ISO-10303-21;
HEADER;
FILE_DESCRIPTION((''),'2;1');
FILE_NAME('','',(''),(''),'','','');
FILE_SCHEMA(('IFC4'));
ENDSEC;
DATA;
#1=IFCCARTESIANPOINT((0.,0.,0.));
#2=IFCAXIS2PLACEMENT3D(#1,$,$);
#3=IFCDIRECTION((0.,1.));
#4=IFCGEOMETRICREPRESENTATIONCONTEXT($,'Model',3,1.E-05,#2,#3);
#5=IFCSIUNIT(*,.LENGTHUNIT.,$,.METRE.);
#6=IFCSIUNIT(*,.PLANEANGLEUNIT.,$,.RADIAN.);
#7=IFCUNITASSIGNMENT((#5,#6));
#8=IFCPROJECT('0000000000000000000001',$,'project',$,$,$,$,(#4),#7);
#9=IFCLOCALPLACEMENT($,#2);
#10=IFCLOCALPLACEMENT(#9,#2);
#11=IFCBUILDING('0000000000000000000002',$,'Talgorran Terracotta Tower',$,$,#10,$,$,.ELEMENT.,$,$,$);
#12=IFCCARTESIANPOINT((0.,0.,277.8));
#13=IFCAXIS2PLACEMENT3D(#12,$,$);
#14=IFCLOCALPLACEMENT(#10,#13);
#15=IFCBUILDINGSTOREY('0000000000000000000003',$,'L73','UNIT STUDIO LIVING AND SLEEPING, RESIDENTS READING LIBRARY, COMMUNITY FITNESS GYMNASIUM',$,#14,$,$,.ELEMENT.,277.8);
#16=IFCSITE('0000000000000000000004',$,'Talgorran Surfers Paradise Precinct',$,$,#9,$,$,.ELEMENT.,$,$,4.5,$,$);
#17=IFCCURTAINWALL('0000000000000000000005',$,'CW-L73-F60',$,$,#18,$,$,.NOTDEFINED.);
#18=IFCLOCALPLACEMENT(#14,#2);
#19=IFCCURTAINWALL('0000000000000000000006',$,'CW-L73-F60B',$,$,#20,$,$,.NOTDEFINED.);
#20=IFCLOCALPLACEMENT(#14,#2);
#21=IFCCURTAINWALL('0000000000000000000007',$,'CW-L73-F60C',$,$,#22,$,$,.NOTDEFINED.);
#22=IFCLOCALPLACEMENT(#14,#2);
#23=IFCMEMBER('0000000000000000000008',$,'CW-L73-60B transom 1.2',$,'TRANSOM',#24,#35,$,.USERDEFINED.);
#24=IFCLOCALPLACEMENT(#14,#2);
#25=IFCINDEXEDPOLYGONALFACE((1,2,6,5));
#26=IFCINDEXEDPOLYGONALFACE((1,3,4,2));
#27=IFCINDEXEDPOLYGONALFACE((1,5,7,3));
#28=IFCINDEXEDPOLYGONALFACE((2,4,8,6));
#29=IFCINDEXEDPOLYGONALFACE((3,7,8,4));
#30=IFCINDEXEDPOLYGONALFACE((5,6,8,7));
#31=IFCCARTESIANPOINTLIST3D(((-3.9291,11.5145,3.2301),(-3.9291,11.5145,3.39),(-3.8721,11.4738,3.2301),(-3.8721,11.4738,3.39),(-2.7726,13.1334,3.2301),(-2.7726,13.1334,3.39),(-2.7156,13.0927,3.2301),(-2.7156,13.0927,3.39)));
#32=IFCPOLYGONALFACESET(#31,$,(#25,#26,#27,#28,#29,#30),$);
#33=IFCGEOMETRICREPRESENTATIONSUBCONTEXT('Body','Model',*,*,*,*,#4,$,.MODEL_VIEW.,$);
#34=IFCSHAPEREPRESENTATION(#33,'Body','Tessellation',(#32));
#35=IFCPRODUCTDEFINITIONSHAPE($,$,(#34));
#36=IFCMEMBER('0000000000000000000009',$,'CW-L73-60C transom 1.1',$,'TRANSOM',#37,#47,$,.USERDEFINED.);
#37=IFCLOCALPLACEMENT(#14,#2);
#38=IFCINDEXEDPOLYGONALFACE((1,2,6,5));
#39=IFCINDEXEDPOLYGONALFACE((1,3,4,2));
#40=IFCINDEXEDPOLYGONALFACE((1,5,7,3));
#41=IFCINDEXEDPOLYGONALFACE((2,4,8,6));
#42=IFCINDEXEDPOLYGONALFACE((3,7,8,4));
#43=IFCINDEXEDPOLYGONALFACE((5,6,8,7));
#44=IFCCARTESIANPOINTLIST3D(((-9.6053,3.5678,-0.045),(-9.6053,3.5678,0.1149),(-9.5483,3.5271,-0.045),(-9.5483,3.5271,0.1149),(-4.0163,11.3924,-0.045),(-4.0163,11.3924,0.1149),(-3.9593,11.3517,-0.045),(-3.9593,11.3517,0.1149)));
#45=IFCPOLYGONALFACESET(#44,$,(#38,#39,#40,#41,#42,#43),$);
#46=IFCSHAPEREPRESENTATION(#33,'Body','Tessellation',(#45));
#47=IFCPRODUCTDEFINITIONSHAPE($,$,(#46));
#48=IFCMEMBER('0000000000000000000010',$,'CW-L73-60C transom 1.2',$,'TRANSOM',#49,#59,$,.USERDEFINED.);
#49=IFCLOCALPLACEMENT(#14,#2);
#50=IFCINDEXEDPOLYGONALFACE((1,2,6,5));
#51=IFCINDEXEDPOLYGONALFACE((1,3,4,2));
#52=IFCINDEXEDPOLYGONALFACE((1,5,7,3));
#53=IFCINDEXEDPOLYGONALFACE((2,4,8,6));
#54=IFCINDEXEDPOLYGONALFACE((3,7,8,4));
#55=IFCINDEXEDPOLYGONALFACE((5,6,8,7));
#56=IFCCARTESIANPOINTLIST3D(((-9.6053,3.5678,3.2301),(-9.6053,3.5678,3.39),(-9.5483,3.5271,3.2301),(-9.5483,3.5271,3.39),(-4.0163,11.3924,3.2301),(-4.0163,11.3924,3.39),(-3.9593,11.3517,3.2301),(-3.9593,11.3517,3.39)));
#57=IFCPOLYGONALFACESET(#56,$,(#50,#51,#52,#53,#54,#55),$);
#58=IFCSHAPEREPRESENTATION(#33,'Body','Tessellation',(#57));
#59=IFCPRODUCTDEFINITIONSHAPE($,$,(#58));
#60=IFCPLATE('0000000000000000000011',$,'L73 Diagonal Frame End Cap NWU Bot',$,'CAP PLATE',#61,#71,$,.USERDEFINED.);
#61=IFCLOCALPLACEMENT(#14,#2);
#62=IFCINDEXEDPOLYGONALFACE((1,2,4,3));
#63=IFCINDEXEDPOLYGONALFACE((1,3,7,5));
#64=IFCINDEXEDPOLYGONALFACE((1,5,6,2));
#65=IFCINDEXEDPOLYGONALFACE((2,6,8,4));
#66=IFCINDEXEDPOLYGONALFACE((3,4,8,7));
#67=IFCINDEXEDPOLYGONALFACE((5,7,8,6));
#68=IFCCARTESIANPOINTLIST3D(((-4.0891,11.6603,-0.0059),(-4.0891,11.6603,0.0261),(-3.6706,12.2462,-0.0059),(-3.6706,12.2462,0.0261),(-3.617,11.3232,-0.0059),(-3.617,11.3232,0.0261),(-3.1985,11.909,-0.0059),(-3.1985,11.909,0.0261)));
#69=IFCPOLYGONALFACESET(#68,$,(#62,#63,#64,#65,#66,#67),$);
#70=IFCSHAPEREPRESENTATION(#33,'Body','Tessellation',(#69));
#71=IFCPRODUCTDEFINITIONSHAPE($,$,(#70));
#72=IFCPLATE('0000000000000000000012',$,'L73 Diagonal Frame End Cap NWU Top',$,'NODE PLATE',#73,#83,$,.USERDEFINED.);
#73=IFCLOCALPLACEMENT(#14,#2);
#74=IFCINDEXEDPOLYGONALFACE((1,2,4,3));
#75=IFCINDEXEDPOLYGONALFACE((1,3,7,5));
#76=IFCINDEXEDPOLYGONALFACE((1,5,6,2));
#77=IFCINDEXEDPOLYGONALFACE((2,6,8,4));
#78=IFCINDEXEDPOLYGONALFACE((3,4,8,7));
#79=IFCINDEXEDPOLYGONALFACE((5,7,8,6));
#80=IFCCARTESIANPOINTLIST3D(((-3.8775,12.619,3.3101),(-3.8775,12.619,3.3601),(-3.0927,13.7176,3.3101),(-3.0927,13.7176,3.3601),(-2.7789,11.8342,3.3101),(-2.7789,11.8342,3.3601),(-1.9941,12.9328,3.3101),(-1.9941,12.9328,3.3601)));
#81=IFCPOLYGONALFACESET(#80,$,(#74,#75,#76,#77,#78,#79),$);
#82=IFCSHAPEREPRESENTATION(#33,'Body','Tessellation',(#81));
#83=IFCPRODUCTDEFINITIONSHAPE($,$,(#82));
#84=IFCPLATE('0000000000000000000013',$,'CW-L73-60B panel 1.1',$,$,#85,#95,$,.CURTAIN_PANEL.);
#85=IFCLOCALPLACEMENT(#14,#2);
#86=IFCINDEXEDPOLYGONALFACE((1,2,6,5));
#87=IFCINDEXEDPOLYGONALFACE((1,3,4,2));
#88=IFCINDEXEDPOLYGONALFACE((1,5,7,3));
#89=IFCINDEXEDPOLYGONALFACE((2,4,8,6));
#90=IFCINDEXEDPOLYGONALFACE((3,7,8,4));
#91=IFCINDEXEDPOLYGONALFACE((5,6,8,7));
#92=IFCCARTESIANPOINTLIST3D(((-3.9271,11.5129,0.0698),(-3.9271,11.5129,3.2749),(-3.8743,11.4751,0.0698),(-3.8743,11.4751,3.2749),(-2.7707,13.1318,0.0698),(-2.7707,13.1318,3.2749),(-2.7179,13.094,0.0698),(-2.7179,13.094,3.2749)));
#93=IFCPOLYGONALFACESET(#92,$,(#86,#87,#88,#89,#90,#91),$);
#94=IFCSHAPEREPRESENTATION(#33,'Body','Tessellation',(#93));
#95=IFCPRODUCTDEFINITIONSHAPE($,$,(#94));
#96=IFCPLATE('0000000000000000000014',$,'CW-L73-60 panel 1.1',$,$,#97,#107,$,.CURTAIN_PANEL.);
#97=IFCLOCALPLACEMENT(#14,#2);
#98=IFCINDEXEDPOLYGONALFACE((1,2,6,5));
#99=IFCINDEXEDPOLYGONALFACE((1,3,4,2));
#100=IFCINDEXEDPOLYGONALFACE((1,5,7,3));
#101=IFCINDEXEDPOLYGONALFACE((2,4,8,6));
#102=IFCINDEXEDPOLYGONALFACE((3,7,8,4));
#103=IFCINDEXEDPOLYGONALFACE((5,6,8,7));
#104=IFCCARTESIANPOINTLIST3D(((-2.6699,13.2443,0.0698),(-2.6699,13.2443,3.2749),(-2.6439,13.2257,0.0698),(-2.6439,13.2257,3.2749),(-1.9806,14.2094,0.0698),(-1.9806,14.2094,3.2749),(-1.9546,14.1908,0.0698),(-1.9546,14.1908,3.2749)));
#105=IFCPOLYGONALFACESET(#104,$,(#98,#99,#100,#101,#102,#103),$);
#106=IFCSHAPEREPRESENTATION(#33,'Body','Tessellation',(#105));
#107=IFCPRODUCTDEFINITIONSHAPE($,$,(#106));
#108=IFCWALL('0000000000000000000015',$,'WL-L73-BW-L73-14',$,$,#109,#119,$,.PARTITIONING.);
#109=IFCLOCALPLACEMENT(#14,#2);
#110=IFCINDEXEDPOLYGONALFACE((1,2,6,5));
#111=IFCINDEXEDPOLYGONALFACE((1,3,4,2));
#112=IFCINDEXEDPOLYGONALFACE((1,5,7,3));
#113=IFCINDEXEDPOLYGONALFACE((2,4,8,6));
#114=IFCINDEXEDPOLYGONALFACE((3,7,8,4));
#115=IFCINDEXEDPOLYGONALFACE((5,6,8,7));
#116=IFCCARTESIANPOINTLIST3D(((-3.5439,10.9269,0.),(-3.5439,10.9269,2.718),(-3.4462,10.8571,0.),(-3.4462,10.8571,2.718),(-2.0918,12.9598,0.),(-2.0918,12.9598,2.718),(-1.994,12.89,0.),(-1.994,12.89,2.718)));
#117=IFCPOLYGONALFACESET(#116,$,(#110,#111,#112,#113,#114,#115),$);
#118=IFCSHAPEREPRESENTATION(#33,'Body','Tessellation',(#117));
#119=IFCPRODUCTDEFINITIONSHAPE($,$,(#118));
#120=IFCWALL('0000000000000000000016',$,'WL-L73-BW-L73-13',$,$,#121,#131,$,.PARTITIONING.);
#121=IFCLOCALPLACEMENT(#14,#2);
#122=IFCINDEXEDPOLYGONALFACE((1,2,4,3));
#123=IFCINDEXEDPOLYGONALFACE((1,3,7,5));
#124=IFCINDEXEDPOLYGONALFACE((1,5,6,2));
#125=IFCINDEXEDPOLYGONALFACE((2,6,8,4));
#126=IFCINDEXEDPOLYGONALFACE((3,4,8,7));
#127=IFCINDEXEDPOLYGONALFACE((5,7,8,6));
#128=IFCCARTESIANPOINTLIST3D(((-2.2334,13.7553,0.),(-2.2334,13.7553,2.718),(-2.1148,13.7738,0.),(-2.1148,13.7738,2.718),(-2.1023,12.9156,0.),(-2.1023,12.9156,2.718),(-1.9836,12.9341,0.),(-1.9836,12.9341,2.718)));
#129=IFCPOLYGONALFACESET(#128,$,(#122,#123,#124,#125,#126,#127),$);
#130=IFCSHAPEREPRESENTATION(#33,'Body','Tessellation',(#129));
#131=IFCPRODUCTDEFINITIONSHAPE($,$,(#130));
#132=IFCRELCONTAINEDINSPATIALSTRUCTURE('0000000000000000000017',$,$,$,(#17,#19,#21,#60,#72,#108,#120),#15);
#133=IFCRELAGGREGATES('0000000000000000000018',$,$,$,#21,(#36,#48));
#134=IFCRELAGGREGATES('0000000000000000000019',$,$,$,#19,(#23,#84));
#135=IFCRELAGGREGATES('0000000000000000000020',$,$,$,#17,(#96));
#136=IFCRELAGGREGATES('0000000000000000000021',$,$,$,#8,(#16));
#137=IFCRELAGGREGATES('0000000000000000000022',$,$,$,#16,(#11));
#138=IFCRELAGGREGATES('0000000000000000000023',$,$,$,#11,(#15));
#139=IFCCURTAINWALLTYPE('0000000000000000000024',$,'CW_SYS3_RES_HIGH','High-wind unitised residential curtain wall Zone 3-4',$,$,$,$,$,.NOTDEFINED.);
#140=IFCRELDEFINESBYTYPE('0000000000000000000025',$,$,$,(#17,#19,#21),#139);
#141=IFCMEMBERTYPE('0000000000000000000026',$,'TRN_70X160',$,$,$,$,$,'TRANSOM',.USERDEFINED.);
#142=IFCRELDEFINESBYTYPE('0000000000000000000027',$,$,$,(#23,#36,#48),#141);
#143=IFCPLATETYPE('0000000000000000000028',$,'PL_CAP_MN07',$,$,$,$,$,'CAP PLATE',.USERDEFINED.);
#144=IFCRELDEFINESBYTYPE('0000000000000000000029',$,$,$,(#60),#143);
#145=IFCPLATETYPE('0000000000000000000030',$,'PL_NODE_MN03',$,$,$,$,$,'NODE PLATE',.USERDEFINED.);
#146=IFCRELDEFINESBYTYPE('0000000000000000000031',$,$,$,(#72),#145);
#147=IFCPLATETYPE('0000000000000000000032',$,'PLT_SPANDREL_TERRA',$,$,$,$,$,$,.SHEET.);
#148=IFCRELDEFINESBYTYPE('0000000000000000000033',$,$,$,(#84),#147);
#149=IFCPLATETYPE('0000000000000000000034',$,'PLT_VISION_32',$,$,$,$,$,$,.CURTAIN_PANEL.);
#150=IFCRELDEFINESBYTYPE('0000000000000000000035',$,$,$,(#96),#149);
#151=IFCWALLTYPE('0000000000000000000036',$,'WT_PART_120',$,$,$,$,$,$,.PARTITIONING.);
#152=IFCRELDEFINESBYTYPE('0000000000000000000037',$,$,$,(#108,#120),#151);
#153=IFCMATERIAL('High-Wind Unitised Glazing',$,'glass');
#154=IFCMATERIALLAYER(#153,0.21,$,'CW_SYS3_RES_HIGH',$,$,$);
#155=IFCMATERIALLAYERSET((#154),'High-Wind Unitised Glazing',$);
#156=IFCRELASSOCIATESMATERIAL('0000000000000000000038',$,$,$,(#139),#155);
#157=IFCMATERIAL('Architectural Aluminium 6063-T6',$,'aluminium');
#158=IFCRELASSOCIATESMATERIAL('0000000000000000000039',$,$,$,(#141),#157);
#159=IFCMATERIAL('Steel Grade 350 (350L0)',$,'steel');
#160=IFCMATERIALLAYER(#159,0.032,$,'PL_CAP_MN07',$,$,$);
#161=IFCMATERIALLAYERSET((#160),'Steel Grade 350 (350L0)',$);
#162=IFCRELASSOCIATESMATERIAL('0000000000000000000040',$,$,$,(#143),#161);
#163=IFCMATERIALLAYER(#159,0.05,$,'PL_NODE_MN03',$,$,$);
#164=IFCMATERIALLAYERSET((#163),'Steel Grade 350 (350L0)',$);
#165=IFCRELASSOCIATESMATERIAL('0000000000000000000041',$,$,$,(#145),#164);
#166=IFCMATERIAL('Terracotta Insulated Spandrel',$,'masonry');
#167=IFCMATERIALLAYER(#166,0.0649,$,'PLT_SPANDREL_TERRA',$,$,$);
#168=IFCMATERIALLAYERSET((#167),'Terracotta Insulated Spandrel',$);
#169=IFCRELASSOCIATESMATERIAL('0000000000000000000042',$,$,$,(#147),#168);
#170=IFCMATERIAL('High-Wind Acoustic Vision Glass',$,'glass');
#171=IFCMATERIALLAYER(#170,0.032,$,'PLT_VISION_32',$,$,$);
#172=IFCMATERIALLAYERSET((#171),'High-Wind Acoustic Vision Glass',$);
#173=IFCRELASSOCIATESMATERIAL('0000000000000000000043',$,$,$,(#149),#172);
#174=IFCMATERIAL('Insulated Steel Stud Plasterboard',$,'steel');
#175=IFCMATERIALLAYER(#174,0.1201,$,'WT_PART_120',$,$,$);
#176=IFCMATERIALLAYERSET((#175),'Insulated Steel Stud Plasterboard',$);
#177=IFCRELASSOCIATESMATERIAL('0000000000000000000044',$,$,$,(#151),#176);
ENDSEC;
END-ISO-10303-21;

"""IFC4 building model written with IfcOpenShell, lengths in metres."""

from ifc_helpers import new_model, si_unit, direction, frame, frame_2d, origin, origin_2d, place, context, subcontext, project, spatial, rectangle, extrude, source, transform, mapped, material, layer, layer_set, material_profile, profile_set, type_object, type_shapes, element, aggregate, save


model = new_model("IFC4")

# Units and contexts
model_context = context("Model", 3, precision=1e-05, world=origin(), true_north=direction((0.0, 1.0)))
body_context = subcontext(model_context, "Body", "Model", "MODEL_VIEW")
ifc_project = project(units=[si_unit("LENGTHUNIT", "METRE"), si_unit("PLANEANGLEUNIT", "RADIAN")], contexts=[model_context])

# Site, building, storey
site_placement = place(None, origin())
site = spatial("IfcSite", under=ifc_project, at=site_placement, Name="Talgorran Surfers Paradise Precinct", CompositionType="ELEMENT", RefElevation=4.5)
building_placement = place(site_placement, origin())
building = spatial("IfcBuilding", under=site, at=building_placement, Name="Talgorran Terracotta Tower", CompositionType="ELEMENT")
storey_placement = place(building_placement, frame((0.0, 0.0, 277.8)))
storey = spatial("IfcBuildingStorey", under=building, at=storey_placement, Name="L73", Description="UNIT STUDIO LIVING AND SLEEPING, RESIDENTS READING LIBRARY, COMMUNITY FITNESS GYMNASIUM", CompositionType="ELEMENT", Elevation=277.8)

# Shared definitions
ifc_material_1 = material(Name="Steel Grade 350 (350L0)", Category="steel")

# Shared definitions
ifc_material_2 = material(Name="High-Wind Unitised Glazing", Category="glass")
ifc_layer_1 = layer(ifc_material_2, 0.21, Name="CW_SYS3_RES_HIGH")
ifc_layer_set_1 = layer_set([ifc_layer_1], Name="High-Wind Unitised Glazing")
curtain_wall_type = type_object("IfcCurtainWallType", Name="CW_SYS3_RES_HIGH", Description="High-wind unitised residential curtain wall Zone 3-4", PredefinedType="NOTDEFINED", material=ifc_layer_set_1)
ifc_material_3 = material(Name="Architectural Aluminium 6063-T6", Category="aluminium")

# Curtain walls
curtain_wall_1_placement = place(storey_placement, origin())
curtain_wall_1 = element("IfcCurtainWall", 1, at=curtain_wall_1_placement, inside=storey, type_object=curtain_wall_type, Name="CW-L73-F60", PredefinedType="NOTDEFINED")
curtain_wall_2_placement = place(storey_placement, origin())
curtain_wall_2 = element("IfcCurtainWall", 2, at=curtain_wall_2_placement, inside=storey, type_object=curtain_wall_type, Name="CW-L73-F60B", PredefinedType="NOTDEFINED")

# Curtain wall
curtain_wall_3_placement = place(storey_placement, origin())
curtain_wall_3 = element("IfcCurtainWall", 3, at=curtain_wall_3_placement, inside=storey, type_object=curtain_wall_type, Name="CW-L73-F60C", PredefinedType="NOTDEFINED")

# Members
ifc_material_profile_1 = material_profile(ifc_material_3, rectangle(XDim=0.0701, YDim=0.1599, at=origin_2d()), Name="CWT70X160")
ifc_profile_set_1 = profile_set([ifc_material_profile_1], Name="Architectural Aluminium 6063-T6")
member_type_1 = type_object("IfcMemberType", Name="TRN_70X160", ElementType="TRANSOM", PredefinedType="USERDEFINED", material=ifc_profile_set_1)
member_1_placement = place(storey_placement, frame((-2.7441, 13.113, 3.3101), z_axis=(-0.581285, -0.8137, 0.0), x_axis=(0.8137, -0.581285, 0.0)))
member_1 = element("IfcMember", 4, at=member_1_placement, type_object=member_type_1, Name="CW-L73-60B transom 1.2", ObjectType="TRANSOM", PredefinedType="USERDEFINED", context=body_context, shape_type="SweptSolid", body=[
    extrude(rectangle(XDim=0.0701, YDim=0.1599, at=origin_2d()), origin(), (0.0, 0.0, 1.0), 1.9895),
])
member_2_placement = place(storey_placement, frame((-3.9878, 11.3721, 0.0349), z_axis=(-0.581241, -0.813732, 0.0), x_axis=(0.813732, -0.581241, 0.0)))
member_2 = element("IfcMember", 5, at=member_2_placement, type_object=member_type_1, Name="CW-L73-60C transom 1.1", ObjectType="TRANSOM", PredefinedType="USERDEFINED", context=body_context, shape_type="SweptSolid", body=[
    extrude(rectangle(XDim=0.0701, YDim=0.1599, at=origin_2d()), origin(), (0.0, 0.0, 1.0), 9.6157),
])
member_3_placement = place(storey_placement, frame((-3.9878, 11.3721, 3.3101), z_axis=(-0.581241, -0.813732, 0.0), x_axis=(0.813732, -0.581241, 0.0)))
member_3 = element("IfcMember", 6, at=member_3_placement, type_object=member_type_1, Name="CW-L73-60C transom 1.2", ObjectType="TRANSOM", PredefinedType="USERDEFINED", context=body_context, shape_type="SweptSolid", body=[
    extrude(rectangle(XDim=0.0701, YDim=0.1599, at=origin_2d()), origin(), (0.0, 0.0, 1.0), 9.6157),
])
aggregate(curtain_wall_3, [member_2, member_3])

# Plates
ifc_layer_2 = layer(ifc_material_1, 0.032, Name="PL_CAP_MN07")
ifc_layer_set_2 = layer_set([ifc_layer_2], Name="Steel Grade 350 (350L0)")
plate_type_1 = type_object("IfcPlateType", Name="PL_CAP_MN07", ElementType="CAP PLATE", PredefinedType="USERDEFINED", material=ifc_layer_set_2)
plate_1_placement = place(storey_placement, frame((-3.6438, 11.7847, -0.0059), z_axis=(0.0, 0.0, 1.0), x_axis=(0.581271, 0.81371, 0.0)))
element("IfcPlate", 7, at=plate_1_placement, inside=storey, type_object=plate_type_1, Name="L73 Diagonal Frame End Cap NWU Bot", ObjectType="CAP PLATE", PredefinedType="USERDEFINED", context=body_context, shape_type="SweptSolid", body=[
    extrude(rectangle(XDim=0.72, YDim=0.5801, at=origin_2d()), origin(), (0.0, 0.0, 1.0), 0.032),
])
ifc_layer_3 = layer(ifc_material_1, 0.05, Name="PL_NODE_MN03")
ifc_layer_set_3 = layer_set([ifc_layer_3], Name="Steel Grade 350 (350L0)")
plate_type_2 = type_object("IfcPlateType", Name="PL_NODE_MN03", ElementType="NODE PLATE", PredefinedType="USERDEFINED", material=ifc_layer_set_3)
plate_2_placement = place(storey_placement, frame((-2.9358, 12.7759, 3.3101), z_axis=(0.0, 0.0, 1.0), x_axis=(0.581271, 0.81371, 0.0)))
element("IfcPlate", 8, at=plate_2_placement, inside=storey, type_object=plate_type_2, Name="L73 Diagonal Frame End Cap NWU Top", ObjectType="NODE PLATE", PredefinedType="USERDEFINED", context=body_context, shape_type="SweptSolid", body=[
    extrude(rectangle(XDim=1.3501, YDim=1.3501, at=origin_2d()), origin(), (0.0, 0.0, 1.0), 0.05),
])

# Plates
ifc_material_4 = material(Name="Terracotta Insulated Spandrel", Category="masonry")
ifc_layer_4 = layer(ifc_material_4, 0.0649, Name="PLT_SPANDREL_TERRA")
ifc_layer_set_4 = layer_set([ifc_layer_4], Name="Terracotta Insulated Spandrel")
plate_type_3 = type_object("IfcPlateType", Name="PLT_SPANDREL_TERRA", PredefinedType="SHEET", material=ifc_layer_set_4)
shared_shape_1 = source(origin(), body_context, "Body", "SweptSolid", [
    extrude(rectangle(XDim=1.9895, YDim=0.0649, at=origin_2d()), origin(), (0.0, 0.0, 1.0), 3.2051),
])
type_shapes(plate_type_3, [shared_shape_1])
plate_3_placement = place(storey_placement, frame((-3.3225, 12.3035, 0.0698), z_axis=(0.0, 0.0, 1.0), x_axis=(-0.581265, -0.813714, 0.0)))
plate_3 = element("IfcPlate", 9, at=plate_3_placement, type_object=plate_type_3, Name="CW-L73-60B panel 1.1", PredefinedType="CURTAIN_PANEL", context=body_context, shape_type="MappedRepresentation", body=[
    mapped(shared_shape_1, transform((0.0, 0.0, 0.0), scale=1.0)),
])
aggregate(curtain_wall_2, [member_1, plate_3])
ifc_material_5 = material(Name="High-Wind Acoustic Vision Glass", Category="glass")
ifc_layer_5 = layer(ifc_material_5, 0.032, Name="PLT_VISION_32")
ifc_layer_set_5 = layer_set([ifc_layer_5], Name="High-Wind Acoustic Vision Glass")
plate_type_4 = type_object("IfcPlateType", Name="PLT_VISION_32", PredefinedType="CURTAIN_PANEL", material=ifc_layer_set_5)
shared_shape_2 = source(origin(), body_context, "Body", "SweptSolid", [
    extrude(rectangle(XDim=1.186, YDim=0.032, at=origin_2d()), origin(), (0.0, 0.0, 1.0), 3.2051),
])
type_shapes(plate_type_4, [shared_shape_2])
plate_4_placement = place(storey_placement, frame((-2.3123, 13.7175, 0.0698), z_axis=(0.0, 0.0, 1.0), x_axis=(-0.581231, -0.813739, 0.0)))
plate_4 = element("IfcPlate", 10, at=plate_4_placement, type_object=plate_type_4, Name="CW-L73-60 panel 1.1", PredefinedType="CURTAIN_PANEL", context=body_context, shape_type="MappedRepresentation", body=[
    mapped(shared_shape_2, transform((0.0, 0.0, 0.0), scale=1.0)),
])
aggregate(curtain_wall_1, [plate_4])

# Walls
ifc_material_6 = material(Name="Insulated Steel Stud Plasterboard", Category="steel")
ifc_layer_6 = layer(ifc_material_6, 0.1201, Name="WT_PART_120")
ifc_layer_set_6 = layer_set([ifc_layer_6], Name="Insulated Steel Stud Plasterboard")
wall_type = type_object("IfcWallType", Name="WT_PART_120", PredefinedType="PARTITIONING", material=ifc_layer_set_6)
wall_1_placement = place(storey_placement, frame((-2.043, 12.9248, 0.0), z_axis=(0.0, 0.0, 1.0), x_axis=(-0.581247, -0.813727, 0.0)))
element("IfcWall", 11, at=wall_1_placement, inside=storey, type_object=wall_type, Name="WL-L73-BW-L73-14", PredefinedType="PARTITIONING", context=body_context, shape_type="SweptSolid", body=[
    extrude(rectangle(XDim=2.4983, YDim=0.1201, at=frame_2d((1.249, 0.0))), origin(), (0.0, 0.0, 1.0), 2.718),
])
wall_2_placement = place(storey_placement, frame((-2.1741, 13.7644, 0.0), z_axis=(0.0, 0.0, 1.0), x_axis=(0.15428, -0.988027, 0.0)))
element("IfcWall", 12, at=wall_2_placement, inside=storey, type_object=wall_type, Name="WL-L73-BW-L73-13", PredefinedType="PARTITIONING", context=body_context, shape_type="SweptSolid", body=[
    extrude(rectangle(XDim=0.8499, YDim=0.1201, at=frame_2d((0.4248, 0.0))), origin(), (0.0, 0.0, 1.0), 2.718),
])

save(model, "model.ifc")
